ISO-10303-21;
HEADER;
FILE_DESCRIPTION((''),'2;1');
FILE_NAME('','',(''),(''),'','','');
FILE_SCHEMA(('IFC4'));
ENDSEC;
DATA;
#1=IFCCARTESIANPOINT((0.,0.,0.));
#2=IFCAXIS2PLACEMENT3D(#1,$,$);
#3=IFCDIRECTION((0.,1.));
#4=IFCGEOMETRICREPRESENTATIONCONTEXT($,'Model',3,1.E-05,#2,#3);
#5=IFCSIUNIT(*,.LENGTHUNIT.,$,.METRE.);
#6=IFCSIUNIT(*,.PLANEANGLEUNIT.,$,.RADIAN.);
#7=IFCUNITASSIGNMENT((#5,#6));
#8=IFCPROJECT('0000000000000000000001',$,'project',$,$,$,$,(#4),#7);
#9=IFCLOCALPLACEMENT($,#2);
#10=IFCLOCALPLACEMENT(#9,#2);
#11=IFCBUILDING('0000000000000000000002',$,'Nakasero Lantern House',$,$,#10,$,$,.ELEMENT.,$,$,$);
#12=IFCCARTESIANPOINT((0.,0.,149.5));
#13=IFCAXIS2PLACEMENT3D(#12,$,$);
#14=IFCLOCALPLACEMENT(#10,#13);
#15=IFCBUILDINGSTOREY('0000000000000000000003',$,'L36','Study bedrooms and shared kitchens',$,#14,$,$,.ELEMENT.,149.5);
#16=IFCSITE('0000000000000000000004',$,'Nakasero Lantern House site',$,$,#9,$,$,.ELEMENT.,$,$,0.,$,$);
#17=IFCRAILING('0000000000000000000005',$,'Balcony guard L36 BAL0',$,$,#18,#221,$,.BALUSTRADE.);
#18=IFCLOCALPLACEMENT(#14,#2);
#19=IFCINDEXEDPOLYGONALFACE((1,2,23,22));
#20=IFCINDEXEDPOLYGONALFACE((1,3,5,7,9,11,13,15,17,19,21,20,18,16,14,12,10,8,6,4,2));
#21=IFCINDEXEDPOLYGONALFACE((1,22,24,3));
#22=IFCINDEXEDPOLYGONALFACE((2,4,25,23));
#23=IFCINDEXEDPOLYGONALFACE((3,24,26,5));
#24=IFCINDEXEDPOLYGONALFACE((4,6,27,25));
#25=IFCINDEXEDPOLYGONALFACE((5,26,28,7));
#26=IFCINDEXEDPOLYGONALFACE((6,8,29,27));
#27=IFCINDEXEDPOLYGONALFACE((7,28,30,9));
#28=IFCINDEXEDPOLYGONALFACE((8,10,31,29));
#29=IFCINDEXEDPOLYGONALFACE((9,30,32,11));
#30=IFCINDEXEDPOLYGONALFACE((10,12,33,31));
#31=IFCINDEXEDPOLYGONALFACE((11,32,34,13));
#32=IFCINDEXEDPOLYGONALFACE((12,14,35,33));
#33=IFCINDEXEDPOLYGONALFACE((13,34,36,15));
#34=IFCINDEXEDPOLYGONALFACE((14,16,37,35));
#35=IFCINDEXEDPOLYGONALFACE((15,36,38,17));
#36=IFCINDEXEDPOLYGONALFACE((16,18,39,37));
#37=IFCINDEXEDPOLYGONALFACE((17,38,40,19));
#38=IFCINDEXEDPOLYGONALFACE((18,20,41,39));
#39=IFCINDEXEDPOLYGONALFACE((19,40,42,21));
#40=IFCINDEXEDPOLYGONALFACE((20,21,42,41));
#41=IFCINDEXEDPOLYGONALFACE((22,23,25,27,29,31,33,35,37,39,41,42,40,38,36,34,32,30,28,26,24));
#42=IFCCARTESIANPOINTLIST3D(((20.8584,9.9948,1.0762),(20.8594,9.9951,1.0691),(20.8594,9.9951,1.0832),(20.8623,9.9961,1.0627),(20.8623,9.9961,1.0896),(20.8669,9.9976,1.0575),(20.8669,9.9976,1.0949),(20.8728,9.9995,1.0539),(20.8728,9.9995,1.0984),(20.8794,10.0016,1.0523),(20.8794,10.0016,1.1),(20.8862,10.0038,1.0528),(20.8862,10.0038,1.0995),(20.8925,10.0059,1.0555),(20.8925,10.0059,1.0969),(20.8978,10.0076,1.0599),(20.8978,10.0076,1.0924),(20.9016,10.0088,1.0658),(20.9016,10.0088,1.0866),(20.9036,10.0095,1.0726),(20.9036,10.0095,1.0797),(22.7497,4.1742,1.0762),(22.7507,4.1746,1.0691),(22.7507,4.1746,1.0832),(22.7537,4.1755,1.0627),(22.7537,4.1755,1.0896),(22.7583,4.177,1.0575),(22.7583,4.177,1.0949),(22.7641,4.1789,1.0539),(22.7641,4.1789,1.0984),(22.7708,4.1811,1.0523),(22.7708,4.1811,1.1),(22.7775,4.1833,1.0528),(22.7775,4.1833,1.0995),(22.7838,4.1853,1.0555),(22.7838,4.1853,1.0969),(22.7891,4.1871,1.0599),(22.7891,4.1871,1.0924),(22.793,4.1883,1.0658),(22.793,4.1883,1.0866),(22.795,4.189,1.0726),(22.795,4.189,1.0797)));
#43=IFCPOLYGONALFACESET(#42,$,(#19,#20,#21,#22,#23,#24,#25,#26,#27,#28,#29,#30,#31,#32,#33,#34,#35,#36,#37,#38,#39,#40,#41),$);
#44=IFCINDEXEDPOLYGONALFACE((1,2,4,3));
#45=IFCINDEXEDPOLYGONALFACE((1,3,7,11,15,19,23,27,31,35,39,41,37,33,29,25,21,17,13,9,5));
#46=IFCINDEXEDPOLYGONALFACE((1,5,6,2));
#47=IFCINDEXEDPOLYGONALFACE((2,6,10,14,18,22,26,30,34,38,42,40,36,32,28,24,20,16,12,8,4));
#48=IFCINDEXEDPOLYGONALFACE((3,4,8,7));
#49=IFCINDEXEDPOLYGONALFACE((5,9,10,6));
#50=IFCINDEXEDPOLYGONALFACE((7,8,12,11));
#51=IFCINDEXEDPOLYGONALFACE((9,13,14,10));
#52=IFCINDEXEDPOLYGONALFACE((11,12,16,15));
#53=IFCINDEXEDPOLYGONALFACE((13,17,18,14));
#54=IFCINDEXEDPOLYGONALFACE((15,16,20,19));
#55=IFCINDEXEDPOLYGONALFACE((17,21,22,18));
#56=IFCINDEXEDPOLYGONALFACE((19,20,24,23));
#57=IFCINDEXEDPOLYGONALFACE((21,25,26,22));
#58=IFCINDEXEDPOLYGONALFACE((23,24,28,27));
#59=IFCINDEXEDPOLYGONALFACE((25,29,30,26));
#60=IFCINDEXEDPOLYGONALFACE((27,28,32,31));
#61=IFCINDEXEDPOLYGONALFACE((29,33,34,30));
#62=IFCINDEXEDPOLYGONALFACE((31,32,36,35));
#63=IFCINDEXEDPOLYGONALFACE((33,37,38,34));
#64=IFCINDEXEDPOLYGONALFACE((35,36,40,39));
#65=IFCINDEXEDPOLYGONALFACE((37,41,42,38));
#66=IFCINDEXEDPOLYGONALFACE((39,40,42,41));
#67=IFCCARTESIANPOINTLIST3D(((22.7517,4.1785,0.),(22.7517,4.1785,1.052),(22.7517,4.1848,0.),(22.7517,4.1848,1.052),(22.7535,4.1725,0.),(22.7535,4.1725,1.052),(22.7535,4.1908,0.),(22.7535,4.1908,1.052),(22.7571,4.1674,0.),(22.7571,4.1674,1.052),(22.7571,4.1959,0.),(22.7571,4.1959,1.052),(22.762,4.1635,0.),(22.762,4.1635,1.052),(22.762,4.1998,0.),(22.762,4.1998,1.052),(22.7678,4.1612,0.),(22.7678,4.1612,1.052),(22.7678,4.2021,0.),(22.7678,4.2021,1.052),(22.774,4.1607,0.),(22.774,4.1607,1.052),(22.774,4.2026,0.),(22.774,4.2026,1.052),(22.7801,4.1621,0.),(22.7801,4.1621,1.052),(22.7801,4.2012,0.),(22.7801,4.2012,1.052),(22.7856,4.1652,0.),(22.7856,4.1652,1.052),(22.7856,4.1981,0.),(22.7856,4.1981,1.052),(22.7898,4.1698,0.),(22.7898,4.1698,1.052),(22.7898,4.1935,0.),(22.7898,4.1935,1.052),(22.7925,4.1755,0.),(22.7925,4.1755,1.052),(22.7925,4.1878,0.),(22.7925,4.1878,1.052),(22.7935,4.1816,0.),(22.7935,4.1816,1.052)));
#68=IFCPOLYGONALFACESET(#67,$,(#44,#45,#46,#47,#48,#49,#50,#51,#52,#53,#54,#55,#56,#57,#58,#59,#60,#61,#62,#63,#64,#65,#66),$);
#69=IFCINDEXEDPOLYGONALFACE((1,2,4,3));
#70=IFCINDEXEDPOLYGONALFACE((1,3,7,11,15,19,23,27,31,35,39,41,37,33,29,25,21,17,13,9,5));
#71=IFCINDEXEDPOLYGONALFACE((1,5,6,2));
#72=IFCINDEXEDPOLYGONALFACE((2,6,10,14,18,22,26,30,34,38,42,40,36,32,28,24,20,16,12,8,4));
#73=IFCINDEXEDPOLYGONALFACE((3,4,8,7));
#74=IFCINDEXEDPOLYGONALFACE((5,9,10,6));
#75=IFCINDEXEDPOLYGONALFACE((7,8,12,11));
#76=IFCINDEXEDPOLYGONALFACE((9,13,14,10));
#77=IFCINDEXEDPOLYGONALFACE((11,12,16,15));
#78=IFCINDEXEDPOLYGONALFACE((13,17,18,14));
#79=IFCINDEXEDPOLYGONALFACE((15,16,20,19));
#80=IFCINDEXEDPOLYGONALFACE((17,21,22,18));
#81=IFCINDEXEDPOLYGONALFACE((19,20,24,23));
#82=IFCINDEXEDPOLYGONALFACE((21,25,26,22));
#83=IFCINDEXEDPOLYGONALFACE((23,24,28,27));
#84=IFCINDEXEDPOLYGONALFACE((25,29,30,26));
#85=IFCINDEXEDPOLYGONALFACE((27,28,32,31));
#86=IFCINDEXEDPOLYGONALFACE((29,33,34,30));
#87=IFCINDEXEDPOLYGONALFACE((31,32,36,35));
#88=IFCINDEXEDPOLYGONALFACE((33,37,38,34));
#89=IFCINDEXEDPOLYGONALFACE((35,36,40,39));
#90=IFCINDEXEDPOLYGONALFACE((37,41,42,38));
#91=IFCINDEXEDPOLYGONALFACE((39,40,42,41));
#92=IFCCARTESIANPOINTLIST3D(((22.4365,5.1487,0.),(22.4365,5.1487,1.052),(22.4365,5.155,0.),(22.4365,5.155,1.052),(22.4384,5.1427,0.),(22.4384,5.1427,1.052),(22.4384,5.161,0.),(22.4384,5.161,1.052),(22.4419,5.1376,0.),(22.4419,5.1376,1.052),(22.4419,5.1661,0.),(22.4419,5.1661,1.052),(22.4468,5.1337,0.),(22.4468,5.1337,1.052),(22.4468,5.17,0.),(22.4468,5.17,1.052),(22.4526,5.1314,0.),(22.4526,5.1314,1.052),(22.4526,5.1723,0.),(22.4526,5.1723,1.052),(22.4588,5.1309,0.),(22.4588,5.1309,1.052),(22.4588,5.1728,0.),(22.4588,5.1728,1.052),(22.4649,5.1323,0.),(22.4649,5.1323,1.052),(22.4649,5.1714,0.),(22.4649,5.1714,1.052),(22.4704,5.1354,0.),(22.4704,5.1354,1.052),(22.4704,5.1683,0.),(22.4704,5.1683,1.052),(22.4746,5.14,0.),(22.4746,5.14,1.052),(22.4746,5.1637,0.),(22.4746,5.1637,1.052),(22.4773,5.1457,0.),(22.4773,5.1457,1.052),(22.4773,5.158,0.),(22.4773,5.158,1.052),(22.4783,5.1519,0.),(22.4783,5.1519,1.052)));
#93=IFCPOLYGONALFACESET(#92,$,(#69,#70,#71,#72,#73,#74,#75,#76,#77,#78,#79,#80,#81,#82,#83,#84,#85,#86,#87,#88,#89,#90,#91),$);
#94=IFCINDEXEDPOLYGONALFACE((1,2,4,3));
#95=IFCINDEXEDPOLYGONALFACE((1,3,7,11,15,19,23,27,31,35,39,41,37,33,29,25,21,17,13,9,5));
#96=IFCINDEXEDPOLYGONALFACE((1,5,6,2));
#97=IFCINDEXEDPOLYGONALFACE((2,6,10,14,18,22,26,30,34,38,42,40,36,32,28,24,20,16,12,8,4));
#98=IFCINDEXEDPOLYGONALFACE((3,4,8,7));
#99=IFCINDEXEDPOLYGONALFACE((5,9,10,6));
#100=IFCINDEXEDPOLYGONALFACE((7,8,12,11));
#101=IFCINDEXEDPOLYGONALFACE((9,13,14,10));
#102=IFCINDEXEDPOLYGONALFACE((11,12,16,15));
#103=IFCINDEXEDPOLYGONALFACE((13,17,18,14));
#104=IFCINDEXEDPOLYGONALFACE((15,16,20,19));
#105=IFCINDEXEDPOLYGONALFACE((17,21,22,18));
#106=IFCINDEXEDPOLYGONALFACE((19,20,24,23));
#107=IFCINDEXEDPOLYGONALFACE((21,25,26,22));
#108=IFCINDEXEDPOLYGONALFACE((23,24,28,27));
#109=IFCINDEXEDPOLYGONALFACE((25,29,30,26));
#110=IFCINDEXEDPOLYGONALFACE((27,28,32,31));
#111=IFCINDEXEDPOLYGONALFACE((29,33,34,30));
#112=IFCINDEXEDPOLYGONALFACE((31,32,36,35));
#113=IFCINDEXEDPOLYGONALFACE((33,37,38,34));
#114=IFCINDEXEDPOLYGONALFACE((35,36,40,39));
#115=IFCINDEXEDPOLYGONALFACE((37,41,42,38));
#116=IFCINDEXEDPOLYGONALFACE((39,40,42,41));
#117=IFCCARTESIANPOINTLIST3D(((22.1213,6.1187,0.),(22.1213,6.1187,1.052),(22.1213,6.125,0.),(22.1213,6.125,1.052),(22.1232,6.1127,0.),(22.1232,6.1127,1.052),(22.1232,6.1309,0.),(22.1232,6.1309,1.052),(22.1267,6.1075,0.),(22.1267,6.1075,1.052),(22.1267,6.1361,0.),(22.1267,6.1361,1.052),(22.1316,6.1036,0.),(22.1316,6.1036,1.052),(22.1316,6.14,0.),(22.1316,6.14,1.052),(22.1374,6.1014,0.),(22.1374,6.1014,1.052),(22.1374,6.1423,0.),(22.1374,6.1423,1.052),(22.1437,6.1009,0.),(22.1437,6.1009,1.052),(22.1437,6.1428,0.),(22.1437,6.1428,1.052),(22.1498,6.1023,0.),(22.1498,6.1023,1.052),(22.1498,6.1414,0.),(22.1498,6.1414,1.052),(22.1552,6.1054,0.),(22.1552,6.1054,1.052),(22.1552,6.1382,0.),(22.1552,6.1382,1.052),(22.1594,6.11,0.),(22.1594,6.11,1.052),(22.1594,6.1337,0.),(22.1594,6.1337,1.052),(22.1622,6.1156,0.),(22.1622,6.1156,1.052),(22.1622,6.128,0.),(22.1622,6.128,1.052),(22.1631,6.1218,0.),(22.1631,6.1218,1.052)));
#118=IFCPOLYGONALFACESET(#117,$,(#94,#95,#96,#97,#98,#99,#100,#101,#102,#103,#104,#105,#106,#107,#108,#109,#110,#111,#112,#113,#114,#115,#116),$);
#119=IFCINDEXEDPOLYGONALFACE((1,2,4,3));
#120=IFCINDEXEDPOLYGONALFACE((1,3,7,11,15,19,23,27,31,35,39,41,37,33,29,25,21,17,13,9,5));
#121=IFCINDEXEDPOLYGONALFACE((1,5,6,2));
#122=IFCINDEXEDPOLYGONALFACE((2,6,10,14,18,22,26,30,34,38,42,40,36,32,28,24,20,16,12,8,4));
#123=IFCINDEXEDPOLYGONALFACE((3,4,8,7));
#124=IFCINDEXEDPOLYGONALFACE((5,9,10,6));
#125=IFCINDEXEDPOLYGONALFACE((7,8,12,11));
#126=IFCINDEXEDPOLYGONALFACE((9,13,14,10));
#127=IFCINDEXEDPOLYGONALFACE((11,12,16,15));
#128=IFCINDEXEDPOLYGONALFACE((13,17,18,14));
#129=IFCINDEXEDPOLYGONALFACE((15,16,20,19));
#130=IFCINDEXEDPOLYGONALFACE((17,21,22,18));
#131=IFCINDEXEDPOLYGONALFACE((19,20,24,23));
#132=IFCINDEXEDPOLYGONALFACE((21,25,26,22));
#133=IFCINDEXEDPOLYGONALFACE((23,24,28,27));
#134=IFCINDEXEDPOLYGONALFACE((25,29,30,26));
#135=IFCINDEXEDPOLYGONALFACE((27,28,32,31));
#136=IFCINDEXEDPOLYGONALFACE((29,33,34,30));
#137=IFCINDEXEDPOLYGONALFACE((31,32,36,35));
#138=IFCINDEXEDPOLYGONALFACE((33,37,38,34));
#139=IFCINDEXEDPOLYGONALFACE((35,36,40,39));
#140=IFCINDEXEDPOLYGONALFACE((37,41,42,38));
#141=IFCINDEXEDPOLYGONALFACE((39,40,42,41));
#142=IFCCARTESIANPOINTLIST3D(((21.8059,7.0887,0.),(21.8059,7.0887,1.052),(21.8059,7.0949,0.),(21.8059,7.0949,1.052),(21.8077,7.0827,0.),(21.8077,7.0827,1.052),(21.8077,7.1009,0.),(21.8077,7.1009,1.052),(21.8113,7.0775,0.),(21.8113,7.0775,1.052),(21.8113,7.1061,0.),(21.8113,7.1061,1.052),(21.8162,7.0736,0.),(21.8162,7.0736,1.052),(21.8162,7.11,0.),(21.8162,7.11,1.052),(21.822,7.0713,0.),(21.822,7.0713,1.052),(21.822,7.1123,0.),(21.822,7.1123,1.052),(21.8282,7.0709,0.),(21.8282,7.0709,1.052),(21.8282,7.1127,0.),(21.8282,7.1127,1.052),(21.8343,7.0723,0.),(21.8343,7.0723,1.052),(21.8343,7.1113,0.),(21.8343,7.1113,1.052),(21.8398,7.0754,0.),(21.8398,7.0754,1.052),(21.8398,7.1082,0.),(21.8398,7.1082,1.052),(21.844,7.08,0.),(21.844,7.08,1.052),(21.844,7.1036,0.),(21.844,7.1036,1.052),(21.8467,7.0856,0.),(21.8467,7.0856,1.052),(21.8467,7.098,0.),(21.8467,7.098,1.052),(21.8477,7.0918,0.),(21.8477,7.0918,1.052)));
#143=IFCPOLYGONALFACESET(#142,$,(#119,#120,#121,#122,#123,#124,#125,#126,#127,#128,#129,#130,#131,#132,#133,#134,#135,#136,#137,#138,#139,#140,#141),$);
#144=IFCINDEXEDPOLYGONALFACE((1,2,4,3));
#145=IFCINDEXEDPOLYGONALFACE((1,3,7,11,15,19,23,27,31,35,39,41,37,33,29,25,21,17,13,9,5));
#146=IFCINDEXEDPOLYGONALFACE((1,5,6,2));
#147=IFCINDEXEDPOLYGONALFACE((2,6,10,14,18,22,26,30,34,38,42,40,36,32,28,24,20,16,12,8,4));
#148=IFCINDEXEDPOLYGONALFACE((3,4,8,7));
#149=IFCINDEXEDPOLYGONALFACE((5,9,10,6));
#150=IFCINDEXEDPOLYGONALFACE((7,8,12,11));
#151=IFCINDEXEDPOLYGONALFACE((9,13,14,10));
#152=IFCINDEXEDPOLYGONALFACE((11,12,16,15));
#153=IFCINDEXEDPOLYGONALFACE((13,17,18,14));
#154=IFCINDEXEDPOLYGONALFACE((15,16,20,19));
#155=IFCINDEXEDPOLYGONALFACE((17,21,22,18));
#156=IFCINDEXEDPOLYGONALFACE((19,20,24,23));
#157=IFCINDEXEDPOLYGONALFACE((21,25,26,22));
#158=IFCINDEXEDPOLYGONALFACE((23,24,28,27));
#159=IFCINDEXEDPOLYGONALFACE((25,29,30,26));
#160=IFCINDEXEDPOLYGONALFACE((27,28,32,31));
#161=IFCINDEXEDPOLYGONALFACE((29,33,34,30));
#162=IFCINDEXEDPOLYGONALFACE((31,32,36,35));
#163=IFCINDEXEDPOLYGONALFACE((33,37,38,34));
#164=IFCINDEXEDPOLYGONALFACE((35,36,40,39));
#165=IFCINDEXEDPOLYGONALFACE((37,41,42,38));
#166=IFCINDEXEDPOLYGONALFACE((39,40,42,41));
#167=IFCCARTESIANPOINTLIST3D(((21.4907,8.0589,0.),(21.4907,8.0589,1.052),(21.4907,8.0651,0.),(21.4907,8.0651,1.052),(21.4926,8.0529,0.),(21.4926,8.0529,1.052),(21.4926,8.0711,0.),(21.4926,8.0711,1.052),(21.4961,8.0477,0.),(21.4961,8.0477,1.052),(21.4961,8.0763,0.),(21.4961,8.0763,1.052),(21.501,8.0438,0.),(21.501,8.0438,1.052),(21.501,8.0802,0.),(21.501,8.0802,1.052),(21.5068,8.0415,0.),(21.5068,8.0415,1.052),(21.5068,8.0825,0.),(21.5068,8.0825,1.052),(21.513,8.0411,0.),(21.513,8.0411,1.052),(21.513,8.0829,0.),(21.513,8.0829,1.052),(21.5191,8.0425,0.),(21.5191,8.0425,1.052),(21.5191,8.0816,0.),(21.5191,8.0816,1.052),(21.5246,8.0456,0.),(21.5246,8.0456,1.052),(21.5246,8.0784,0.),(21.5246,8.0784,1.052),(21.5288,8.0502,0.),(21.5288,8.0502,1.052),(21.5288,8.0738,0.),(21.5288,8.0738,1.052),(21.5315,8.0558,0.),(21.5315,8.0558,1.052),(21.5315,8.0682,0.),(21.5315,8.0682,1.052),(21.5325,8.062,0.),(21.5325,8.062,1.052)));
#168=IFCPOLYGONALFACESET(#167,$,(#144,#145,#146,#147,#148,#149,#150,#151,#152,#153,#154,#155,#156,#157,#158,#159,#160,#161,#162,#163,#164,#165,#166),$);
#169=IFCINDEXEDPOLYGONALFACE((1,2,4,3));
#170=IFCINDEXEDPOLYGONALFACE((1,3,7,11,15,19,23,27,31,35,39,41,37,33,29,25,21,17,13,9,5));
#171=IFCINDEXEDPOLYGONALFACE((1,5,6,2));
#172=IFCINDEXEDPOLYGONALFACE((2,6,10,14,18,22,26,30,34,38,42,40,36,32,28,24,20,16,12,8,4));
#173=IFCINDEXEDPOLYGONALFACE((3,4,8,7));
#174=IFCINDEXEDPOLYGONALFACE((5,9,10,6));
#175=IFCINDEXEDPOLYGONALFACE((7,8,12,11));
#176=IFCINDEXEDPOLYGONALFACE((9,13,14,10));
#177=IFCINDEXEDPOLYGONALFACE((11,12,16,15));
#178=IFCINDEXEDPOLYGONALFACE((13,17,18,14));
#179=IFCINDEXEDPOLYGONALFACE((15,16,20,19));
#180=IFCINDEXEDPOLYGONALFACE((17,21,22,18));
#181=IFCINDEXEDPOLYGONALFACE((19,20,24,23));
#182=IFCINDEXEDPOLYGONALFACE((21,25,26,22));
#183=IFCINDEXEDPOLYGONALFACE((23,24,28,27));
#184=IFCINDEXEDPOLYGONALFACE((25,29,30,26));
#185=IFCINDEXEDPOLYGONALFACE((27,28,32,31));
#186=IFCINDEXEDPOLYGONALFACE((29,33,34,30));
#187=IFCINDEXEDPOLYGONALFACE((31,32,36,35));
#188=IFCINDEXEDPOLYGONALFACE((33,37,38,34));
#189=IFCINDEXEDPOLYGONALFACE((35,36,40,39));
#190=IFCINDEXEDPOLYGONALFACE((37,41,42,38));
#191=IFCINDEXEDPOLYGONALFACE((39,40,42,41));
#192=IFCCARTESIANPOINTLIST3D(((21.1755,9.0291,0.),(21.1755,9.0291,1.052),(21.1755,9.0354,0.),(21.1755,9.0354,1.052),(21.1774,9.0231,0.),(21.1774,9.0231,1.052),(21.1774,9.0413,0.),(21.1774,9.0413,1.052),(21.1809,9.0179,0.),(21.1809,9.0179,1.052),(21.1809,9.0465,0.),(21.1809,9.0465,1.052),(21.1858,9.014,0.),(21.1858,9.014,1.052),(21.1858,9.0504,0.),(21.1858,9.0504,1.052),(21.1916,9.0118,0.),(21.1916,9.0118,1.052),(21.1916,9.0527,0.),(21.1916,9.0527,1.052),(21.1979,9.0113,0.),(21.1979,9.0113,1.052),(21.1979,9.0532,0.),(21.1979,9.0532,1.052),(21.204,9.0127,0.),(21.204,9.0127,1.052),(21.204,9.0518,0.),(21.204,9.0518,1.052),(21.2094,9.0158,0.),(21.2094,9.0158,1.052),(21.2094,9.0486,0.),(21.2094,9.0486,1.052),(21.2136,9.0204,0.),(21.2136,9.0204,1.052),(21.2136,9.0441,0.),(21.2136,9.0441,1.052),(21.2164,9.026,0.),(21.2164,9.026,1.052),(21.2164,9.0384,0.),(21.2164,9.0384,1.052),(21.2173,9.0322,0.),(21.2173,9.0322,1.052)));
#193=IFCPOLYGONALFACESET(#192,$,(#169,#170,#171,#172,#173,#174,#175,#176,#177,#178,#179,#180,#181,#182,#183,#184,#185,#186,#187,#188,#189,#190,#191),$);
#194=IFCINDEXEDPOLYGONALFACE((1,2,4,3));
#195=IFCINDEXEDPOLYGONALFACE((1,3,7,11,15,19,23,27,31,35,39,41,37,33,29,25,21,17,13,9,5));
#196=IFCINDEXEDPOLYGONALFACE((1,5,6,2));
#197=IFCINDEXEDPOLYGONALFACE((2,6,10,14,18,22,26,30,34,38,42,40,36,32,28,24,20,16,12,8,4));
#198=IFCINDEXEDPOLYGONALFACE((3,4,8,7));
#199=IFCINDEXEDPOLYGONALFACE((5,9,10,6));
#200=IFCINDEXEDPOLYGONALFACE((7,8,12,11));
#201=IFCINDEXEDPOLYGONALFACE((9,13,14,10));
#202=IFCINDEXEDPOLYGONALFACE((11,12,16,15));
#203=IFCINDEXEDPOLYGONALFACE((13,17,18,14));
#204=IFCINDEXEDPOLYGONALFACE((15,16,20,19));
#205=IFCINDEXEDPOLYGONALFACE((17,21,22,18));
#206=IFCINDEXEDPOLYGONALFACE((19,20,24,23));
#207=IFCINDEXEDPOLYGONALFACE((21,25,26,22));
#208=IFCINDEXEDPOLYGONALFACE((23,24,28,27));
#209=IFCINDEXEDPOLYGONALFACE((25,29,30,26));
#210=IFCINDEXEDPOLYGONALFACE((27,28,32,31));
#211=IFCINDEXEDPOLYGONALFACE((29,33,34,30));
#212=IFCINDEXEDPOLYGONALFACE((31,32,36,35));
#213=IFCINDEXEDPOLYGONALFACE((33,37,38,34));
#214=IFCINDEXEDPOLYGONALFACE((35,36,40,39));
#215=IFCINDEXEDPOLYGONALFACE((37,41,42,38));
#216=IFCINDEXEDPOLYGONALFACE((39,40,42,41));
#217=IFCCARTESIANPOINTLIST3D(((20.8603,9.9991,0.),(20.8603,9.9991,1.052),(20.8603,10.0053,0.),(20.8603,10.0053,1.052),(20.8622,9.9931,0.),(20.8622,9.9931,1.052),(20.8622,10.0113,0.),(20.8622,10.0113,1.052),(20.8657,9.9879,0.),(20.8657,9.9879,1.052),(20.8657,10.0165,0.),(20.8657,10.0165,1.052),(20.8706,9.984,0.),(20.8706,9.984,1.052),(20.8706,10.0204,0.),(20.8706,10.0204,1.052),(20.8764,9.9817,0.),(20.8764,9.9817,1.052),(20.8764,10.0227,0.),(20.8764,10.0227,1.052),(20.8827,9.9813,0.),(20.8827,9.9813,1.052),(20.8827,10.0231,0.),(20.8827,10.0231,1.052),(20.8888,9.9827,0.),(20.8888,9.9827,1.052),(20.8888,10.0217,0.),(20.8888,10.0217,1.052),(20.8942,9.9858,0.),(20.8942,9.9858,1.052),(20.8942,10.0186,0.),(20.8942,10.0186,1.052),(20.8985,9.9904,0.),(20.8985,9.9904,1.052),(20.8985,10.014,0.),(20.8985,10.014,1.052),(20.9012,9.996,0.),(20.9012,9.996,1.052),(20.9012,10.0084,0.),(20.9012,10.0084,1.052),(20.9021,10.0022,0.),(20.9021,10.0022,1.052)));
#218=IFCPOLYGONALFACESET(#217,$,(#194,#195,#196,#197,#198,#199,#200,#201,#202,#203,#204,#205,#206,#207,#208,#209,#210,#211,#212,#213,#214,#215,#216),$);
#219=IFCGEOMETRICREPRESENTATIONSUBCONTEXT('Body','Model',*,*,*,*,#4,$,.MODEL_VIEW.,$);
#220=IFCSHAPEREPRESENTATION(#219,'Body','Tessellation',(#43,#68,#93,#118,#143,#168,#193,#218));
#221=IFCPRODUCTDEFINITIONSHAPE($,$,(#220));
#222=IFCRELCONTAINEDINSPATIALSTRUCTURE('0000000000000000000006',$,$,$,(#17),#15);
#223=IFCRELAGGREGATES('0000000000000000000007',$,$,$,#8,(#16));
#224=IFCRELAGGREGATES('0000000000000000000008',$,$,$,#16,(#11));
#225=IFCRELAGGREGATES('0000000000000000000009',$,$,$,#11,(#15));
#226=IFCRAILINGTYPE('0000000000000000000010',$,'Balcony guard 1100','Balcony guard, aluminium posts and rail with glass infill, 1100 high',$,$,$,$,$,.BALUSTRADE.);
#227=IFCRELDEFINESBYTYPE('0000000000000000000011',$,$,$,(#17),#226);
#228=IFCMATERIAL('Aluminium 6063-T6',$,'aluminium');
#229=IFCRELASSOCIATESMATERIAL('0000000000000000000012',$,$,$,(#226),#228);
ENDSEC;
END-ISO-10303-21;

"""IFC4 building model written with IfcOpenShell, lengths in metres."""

from ifc_helpers import new_model, si_unit, direction, frame, origin, origin_2d, place, context, subcontext, project, spatial, circle, extrude, material, type_object, element, save


model = new_model("IFC4")

# Units and contexts
model_context = context("Model", 3, precision=1e-05, world=origin(), true_north=direction((0.0, 1.0)))
body_context = subcontext(model_context, "Body", "Model", "MODEL_VIEW")
ifc_project = project(units=[si_unit("LENGTHUNIT", "METRE"), si_unit("PLANEANGLEUNIT", "RADIAN")], contexts=[model_context])

# Site, building, storey
site_placement = place(None, origin())
site = spatial("IfcSite", under=ifc_project, at=site_placement, Name="Nakasero Lantern House site", CompositionType="ELEMENT", RefElevation=0.0)
building_placement = place(site_placement, origin())
building = spatial("IfcBuilding", under=site, at=building_placement, Name="Nakasero Lantern House", CompositionType="ELEMENT")
storey_placement = place(building_placement, frame((0.0, 0.0, 149.5)))
storey = spatial("IfcBuildingStorey", under=building, at=storey_placement, Name="L36", Description="Study bedrooms and shared kitchens", CompositionType="ELEMENT", Elevation=149.5)

# Railing
ifc_material_1 = material(Name="Aluminium 6063-T6", Category="aluminium")
railing_type = type_object("IfcRailingType", Name="Balcony guard 1100", Description="Balcony guard, aluminium posts and rail with glass infill, 1100 high", PredefinedType="BALUSTRADE", material=ifc_material_1)
railing_placement = place(storey_placement, frame((22.7725, 4.1816, 0.0)))
element("IfcRailing", 1, at=railing_placement, inside=storey, type_object=railing_type, Name="Balcony guard L36 BAL0", PredefinedType="BALUSTRADE", context=body_context, shape_type="SweptSolid", body=[
    extrude(circle(Radius=0.0239, at=origin_2d()), frame((0.0, 0.0, 1.0762), z_axis=(-0.309038, 0.95105, 0.0), x_axis=(-0.95105, -0.309038, 0.0)), (0.0, 0.0, 1.0), 6.1201),
    extrude(circle(Radius=0.021, at=origin_2d()), origin(), (0.0, 0.0, 1.0), 1.052),
    extrude(circle(Radius=0.021, at=origin_2d()), frame((-0.3152, 0.9702, 0.0)), (0.0, 0.0, 1.0), 1.052),
    extrude(circle(Radius=0.021, at=origin_2d()), frame((-0.6304, 1.9402, 0.0)), (0.0, 0.0, 1.0), 1.052),
    extrude(circle(Radius=0.021, at=origin_2d()), frame((-0.9458, 2.9102, 0.0)), (0.0, 0.0, 1.0), 1.052),
    extrude(circle(Radius=0.021, at=origin_2d()), frame((-1.261, 3.8804, 0.0)), (0.0, 0.0, 1.0), 1.052),
    extrude(circle(Radius=0.021, at=origin_2d()), frame((-1.5762, 4.8506, 0.0)), (0.0, 0.0, 1.0), 1.052),
    extrude(circle(Radius=0.021, at=origin_2d()), frame((-1.8914, 5.8206, 0.0)), (0.0, 0.0, 1.0), 1.052),
])

save(model, "model.ifc")
